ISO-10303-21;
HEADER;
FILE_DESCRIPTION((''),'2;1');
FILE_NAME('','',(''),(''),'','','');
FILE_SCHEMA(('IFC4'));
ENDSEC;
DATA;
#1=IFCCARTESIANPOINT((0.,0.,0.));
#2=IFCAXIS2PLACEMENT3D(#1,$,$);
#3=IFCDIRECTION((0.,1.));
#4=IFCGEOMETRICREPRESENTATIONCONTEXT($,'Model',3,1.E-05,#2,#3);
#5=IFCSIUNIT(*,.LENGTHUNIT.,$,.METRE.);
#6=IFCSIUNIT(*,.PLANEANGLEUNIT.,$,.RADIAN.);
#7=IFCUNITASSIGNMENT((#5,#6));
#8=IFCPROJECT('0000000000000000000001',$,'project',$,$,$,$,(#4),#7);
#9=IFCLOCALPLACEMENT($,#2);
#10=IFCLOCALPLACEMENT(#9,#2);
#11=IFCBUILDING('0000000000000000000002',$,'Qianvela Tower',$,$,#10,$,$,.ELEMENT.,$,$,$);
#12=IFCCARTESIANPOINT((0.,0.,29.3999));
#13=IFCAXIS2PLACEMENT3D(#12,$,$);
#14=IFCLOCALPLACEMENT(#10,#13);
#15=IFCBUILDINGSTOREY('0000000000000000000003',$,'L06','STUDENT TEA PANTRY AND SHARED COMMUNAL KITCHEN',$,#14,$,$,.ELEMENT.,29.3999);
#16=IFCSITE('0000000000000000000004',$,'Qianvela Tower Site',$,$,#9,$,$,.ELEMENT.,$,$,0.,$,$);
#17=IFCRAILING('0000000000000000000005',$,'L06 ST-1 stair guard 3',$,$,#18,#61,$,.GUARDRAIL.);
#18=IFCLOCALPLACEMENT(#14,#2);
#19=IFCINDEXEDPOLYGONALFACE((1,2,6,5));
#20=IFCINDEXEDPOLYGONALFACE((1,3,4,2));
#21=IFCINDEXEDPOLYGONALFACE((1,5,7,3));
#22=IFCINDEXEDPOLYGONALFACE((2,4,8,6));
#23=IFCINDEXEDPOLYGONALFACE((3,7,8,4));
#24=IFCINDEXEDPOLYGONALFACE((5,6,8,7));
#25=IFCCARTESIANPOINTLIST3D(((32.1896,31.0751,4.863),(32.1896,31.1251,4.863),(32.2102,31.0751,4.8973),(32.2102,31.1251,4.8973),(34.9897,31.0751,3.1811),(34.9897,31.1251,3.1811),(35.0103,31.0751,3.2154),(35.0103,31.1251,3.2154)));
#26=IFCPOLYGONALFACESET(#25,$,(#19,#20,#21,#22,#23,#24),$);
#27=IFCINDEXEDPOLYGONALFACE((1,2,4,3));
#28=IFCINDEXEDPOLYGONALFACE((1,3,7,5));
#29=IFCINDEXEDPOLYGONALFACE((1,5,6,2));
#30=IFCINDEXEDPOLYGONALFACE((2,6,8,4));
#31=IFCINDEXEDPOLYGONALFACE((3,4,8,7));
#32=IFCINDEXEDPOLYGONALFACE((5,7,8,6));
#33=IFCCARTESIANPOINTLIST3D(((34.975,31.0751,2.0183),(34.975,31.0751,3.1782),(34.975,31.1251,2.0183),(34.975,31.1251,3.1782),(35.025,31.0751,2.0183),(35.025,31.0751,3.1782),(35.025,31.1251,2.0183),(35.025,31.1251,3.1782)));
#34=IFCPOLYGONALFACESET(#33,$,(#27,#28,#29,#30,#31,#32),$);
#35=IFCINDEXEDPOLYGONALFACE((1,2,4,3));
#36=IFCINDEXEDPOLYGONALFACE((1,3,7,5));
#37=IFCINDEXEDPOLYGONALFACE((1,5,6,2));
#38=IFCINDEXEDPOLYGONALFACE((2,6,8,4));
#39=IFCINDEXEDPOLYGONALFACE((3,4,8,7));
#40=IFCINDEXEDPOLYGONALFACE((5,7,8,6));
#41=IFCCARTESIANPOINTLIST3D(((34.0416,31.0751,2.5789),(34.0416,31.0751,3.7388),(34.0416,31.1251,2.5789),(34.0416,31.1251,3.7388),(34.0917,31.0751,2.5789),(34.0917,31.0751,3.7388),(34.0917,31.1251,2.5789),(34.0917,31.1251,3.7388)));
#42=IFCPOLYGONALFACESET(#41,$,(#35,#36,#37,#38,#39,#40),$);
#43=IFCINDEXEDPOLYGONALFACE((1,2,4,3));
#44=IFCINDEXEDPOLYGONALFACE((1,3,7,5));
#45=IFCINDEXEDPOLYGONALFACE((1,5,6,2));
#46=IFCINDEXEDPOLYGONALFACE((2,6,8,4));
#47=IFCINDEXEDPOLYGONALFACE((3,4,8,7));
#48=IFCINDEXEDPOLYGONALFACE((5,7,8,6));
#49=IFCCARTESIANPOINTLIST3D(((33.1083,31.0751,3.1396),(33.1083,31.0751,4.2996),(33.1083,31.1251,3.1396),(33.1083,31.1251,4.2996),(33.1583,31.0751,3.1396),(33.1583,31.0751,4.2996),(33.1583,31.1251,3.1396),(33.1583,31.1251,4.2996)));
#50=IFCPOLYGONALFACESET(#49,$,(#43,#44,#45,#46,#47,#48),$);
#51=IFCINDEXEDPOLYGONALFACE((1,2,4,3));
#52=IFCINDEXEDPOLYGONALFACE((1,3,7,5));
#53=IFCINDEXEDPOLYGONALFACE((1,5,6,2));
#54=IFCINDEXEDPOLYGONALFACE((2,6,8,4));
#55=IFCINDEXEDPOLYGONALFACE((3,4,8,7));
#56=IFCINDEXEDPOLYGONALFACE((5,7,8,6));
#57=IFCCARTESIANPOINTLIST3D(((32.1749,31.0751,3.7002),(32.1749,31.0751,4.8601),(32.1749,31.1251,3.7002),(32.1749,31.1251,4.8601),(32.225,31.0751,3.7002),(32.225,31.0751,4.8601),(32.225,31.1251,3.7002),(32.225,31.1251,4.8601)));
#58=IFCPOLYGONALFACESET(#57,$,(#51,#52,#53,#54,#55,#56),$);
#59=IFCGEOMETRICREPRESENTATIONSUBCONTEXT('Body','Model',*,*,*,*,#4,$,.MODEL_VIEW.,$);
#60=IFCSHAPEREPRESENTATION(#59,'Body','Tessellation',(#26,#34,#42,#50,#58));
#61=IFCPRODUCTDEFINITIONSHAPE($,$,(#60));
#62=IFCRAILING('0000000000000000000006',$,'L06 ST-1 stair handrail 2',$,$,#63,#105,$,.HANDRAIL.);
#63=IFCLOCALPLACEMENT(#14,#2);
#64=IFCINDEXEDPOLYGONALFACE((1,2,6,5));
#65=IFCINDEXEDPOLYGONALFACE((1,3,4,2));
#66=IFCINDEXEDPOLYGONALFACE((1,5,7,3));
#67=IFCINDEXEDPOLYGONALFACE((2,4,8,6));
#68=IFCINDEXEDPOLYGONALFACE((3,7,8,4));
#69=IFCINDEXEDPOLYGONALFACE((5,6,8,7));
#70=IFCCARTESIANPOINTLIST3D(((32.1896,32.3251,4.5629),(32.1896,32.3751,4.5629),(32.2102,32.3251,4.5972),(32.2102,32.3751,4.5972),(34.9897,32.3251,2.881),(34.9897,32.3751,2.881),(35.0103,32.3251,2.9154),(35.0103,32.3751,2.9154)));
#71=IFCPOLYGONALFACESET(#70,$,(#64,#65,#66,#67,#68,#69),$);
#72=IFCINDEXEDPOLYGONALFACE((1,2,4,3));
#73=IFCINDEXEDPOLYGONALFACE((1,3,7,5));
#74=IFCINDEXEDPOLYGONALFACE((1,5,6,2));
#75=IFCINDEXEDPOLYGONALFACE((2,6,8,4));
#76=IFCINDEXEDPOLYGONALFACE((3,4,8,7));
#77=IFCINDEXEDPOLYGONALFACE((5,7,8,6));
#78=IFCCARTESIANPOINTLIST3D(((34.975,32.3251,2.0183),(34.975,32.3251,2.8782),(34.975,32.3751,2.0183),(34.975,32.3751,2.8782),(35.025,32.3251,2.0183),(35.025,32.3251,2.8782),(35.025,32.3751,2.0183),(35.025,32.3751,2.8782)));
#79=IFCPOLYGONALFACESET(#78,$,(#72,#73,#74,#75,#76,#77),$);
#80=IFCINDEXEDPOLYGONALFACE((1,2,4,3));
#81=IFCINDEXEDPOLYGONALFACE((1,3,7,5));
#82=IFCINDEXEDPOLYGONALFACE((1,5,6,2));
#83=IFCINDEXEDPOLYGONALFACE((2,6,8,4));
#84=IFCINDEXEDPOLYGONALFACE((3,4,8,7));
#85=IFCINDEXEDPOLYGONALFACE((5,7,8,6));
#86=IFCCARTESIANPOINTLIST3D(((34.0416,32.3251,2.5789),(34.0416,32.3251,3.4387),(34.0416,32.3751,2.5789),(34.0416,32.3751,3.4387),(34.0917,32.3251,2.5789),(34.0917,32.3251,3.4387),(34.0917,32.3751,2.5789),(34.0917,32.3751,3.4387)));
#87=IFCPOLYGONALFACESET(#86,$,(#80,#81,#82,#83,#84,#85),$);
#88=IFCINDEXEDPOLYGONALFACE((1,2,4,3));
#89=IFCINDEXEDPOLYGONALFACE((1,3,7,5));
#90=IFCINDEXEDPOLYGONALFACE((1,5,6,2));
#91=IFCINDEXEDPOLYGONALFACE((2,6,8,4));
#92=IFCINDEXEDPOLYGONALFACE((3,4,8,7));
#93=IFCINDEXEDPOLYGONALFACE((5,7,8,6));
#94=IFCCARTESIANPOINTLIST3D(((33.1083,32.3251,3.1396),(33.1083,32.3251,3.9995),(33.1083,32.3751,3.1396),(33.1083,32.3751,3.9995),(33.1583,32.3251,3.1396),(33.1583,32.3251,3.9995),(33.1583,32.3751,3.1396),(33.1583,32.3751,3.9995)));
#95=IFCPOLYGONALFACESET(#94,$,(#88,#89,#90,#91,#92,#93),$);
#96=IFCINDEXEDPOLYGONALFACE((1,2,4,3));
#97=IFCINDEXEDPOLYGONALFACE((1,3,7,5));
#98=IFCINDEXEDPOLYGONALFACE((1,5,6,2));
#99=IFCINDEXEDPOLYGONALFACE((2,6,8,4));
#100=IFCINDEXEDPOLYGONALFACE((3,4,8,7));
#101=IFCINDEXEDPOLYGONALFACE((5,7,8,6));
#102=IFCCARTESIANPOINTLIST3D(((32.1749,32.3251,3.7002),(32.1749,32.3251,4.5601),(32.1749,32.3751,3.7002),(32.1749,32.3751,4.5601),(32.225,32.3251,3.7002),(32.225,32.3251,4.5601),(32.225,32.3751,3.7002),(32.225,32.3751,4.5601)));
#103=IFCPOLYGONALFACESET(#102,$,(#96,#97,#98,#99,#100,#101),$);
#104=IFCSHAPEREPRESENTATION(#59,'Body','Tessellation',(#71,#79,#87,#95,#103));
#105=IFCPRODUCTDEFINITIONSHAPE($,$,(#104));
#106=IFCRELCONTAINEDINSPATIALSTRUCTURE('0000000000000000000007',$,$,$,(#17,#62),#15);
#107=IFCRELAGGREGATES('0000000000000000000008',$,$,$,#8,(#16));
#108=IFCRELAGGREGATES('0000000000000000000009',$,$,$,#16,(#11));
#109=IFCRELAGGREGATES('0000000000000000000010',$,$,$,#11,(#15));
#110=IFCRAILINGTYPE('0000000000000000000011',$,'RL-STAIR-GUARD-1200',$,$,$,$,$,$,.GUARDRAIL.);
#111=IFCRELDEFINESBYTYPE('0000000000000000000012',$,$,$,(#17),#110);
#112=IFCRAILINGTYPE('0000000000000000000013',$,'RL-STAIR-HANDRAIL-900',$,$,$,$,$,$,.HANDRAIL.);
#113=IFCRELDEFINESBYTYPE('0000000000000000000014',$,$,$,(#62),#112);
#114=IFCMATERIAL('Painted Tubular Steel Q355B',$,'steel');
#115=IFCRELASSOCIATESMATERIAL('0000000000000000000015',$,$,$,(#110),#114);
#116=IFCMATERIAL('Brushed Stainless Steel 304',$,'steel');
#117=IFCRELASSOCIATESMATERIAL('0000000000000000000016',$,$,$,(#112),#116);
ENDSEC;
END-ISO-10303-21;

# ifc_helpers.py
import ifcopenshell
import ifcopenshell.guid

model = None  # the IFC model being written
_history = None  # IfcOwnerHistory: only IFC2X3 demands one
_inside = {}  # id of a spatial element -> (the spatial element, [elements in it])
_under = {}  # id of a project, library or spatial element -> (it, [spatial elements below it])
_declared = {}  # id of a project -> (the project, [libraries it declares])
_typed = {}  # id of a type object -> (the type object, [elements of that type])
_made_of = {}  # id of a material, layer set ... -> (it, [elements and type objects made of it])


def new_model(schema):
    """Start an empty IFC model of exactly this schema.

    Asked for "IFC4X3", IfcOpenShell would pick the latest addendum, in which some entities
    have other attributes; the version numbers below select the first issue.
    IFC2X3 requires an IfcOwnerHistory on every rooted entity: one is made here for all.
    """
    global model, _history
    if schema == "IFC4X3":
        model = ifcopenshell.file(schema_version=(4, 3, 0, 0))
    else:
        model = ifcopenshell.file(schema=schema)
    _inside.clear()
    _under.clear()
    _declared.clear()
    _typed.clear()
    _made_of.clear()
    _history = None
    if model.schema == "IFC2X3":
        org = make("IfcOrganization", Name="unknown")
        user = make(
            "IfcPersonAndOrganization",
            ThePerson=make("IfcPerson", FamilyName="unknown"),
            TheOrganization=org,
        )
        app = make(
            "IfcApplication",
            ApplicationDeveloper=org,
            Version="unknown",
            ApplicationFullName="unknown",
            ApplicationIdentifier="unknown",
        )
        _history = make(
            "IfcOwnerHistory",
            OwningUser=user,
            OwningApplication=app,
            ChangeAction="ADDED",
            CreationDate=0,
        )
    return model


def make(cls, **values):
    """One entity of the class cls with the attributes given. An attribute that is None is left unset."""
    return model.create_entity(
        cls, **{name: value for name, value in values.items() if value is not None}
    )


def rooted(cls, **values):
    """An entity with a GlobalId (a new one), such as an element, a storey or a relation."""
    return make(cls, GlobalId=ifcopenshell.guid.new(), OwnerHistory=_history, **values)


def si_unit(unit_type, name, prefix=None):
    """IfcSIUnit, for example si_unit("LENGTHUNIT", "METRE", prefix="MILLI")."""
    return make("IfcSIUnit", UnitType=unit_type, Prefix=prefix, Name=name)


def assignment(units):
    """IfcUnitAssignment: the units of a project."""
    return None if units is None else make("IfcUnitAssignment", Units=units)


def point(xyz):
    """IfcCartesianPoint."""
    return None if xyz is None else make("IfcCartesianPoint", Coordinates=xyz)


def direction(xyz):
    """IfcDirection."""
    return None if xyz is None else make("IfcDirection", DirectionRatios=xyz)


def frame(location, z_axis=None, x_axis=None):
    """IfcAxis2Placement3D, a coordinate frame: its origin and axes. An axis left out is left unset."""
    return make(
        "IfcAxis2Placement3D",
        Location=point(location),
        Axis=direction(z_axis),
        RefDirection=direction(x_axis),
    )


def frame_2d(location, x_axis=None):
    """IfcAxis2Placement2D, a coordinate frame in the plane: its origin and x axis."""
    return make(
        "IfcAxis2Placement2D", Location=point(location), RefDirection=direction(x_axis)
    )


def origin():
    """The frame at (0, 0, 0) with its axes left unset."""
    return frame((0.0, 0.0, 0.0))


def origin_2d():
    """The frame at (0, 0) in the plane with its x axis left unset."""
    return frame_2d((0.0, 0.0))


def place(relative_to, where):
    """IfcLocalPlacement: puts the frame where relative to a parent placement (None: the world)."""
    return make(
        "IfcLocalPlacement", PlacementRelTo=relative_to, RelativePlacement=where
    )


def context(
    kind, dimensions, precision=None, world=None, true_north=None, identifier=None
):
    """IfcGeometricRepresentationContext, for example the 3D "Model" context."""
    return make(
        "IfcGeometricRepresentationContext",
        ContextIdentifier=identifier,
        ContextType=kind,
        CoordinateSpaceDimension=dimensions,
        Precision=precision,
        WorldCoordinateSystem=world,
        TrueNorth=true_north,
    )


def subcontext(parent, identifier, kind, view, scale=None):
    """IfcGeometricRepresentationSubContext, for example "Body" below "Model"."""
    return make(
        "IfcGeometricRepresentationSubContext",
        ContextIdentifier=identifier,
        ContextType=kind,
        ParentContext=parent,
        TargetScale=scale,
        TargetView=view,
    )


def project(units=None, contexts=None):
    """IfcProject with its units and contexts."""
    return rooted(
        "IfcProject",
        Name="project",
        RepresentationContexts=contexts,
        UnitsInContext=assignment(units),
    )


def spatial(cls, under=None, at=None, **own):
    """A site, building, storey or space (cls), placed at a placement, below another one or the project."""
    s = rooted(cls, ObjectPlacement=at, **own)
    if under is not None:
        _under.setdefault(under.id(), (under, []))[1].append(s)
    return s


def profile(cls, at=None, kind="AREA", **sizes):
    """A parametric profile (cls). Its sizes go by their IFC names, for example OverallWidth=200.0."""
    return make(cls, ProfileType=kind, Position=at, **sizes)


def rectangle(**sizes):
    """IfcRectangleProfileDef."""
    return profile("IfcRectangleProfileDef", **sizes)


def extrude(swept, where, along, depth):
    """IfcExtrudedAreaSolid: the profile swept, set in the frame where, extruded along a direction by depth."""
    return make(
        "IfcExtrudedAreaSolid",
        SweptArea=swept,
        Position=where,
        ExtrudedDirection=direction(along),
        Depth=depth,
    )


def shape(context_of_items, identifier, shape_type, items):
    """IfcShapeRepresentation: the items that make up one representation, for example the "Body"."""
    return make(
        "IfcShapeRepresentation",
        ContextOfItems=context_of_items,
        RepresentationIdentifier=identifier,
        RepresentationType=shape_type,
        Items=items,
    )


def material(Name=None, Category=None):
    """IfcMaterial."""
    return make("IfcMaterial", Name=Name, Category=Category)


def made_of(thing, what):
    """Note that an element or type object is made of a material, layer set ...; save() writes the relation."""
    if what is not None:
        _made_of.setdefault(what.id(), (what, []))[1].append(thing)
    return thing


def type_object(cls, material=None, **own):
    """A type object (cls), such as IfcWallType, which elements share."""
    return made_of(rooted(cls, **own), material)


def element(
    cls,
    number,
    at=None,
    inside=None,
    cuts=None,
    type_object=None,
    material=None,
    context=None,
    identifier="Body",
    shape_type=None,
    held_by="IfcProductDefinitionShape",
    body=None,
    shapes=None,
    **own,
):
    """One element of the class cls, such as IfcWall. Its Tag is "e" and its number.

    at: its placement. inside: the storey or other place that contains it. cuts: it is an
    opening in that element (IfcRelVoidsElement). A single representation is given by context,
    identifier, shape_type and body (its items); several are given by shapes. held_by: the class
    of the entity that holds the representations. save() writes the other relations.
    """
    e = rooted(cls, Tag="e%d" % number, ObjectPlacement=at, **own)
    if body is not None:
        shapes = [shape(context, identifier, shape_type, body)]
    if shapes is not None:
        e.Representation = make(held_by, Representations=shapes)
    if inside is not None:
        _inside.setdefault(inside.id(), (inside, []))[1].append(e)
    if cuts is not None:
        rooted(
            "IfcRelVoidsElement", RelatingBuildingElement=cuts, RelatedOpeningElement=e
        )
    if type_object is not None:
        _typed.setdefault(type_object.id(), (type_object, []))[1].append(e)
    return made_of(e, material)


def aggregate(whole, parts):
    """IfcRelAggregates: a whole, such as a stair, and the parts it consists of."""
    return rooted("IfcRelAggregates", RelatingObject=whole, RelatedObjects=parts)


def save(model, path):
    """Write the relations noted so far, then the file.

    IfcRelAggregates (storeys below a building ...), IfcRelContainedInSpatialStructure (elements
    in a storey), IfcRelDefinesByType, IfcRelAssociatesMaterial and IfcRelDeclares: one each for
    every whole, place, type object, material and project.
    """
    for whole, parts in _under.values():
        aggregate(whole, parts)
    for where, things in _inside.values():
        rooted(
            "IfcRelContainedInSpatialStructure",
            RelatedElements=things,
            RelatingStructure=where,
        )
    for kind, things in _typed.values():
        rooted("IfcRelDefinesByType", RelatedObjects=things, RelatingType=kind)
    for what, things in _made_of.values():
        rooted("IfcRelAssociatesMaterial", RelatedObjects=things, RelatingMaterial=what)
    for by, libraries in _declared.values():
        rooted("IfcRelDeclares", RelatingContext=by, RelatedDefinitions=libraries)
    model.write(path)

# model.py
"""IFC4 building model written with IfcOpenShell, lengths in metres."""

from ifc_helpers import new_model, si_unit, direction, frame, origin, origin_2d, place, context, subcontext, project, spatial, rectangle, extrude, material, type_object, element, save


model = new_model("IFC4")

# Units and contexts
model_context = context("Model", 3, precision=1e-05, world=origin(), true_north=direction((0.0, 1.0)))
body_context = subcontext(model_context, "Body", "Model", "MODEL_VIEW")
ifc_project = project(units=[si_unit("LENGTHUNIT", "METRE"), si_unit("PLANEANGLEUNIT", "RADIAN")], contexts=[model_context])

# Site, building, storey
site_placement = place(None, origin())
site = spatial("IfcSite", under=ifc_project, at=site_placement, Name="Qianvela Tower Site", CompositionType="ELEMENT", RefElevation=0.0)
building_placement = place(site_placement, origin())
building = spatial("IfcBuilding", under=site, at=building_placement, Name="Qianvela Tower", CompositionType="ELEMENT")
storey_placement = place(building_placement, frame((0.0, 0.0, 29.3999)))
storey = spatial("IfcBuildingStorey", under=building, at=storey_placement, Name="L06", Description="STUDENT TEA PANTRY AND SHARED COMMUNAL KITCHEN", CompositionType="ELEMENT", Elevation=29.3999)

# Railings
ifc_material_1 = material(Name="Painted Tubular Steel Q355B", Category="steel")
railing_type_1 = type_object("IfcRailingType", Name="RL-STAIR-GUARD-1200", PredefinedType="GUARDRAIL", material=ifc_material_1)
railing_1_placement = place(storey_placement, frame((35.0, 31.1001, 2.0183)))
element("IfcRailing", 1, at=railing_1_placement, inside=storey, type_object=railing_type_1, Name="L06 ST-1 stair guard 3", PredefinedType="GUARDRAIL", context=body_context, shape_type="SweptSolid", body=[
    extrude(rectangle(XDim=0.05, YDim=0.04, at=origin_2d()), frame((0.0, 0.0, 1.1799), z_axis=(-0.857242, 0.0, 0.514913), x_axis=(0.0, -1.0, 0.0)), (0.0, 0.0, 1.0), 3.2664),
    extrude(rectangle(XDim=0.05, YDim=0.05, at=origin_2d()), origin(), (0.0, 0.0, 1.0), 1.1599),
    extrude(rectangle(XDim=0.05, YDim=0.05, at=origin_2d()), frame((-0.9333, 0.0, 0.5605)), (0.0, 0.0, 1.0), 1.1599),
    extrude(rectangle(XDim=0.05, YDim=0.05, at=origin_2d()), frame((-1.8667, 0.0, 1.1213)), (0.0, 0.0, 1.0), 1.1599),
    extrude(rectangle(XDim=0.05, YDim=0.05, at=origin_2d()), frame((-2.8, 0.0, 1.6819)), (0.0, 0.0, 1.0), 1.1599),
])
ifc_material_2 = material(Name="Brushed Stainless Steel 304", Category="steel")
railing_type_2 = type_object("IfcRailingType", Name="RL-STAIR-HANDRAIL-900", PredefinedType="HANDRAIL", material=ifc_material_2)
railing_2_placement = place(storey_placement, frame((35.0, 32.3501, 2.0183)))
element("IfcRailing", 2, at=railing_2_placement, inside=storey, type_object=railing_type_2, Name="L06 ST-1 stair handrail 2", PredefinedType="HANDRAIL", context=body_context, shape_type="SweptSolid", body=[
    extrude(rectangle(XDim=0.05, YDim=0.04, at=origin_2d()), frame((0.0, 0.0, 0.8799), z_axis=(-0.857242, 0.0, 0.514913), x_axis=(0.0, -1.0, 0.0)), (0.0, 0.0, 1.0), 3.2664),
    extrude(rectangle(XDim=0.05, YDim=0.05, at=origin_2d()), origin(), (0.0, 0.0, 1.0), 0.8599),
    extrude(rectangle(XDim=0.05, YDim=0.05, at=origin_2d()), frame((-0.9333, 0.0, 0.5605)), (0.0, 0.0, 1.0), 0.8599),
    extrude(rectangle(XDim=0.05, YDim=0.05, at=origin_2d()), frame((-1.8667, 0.0, 1.1213)), (0.0, 0.0, 1.0), 0.8599),
    extrude(rectangle(XDim=0.05, YDim=0.05, at=origin_2d()), frame((-2.8, 0.0, 1.6819)), (0.0, 0.0, 1.0), 0.8599),
])

save(model, "model.ifc")
